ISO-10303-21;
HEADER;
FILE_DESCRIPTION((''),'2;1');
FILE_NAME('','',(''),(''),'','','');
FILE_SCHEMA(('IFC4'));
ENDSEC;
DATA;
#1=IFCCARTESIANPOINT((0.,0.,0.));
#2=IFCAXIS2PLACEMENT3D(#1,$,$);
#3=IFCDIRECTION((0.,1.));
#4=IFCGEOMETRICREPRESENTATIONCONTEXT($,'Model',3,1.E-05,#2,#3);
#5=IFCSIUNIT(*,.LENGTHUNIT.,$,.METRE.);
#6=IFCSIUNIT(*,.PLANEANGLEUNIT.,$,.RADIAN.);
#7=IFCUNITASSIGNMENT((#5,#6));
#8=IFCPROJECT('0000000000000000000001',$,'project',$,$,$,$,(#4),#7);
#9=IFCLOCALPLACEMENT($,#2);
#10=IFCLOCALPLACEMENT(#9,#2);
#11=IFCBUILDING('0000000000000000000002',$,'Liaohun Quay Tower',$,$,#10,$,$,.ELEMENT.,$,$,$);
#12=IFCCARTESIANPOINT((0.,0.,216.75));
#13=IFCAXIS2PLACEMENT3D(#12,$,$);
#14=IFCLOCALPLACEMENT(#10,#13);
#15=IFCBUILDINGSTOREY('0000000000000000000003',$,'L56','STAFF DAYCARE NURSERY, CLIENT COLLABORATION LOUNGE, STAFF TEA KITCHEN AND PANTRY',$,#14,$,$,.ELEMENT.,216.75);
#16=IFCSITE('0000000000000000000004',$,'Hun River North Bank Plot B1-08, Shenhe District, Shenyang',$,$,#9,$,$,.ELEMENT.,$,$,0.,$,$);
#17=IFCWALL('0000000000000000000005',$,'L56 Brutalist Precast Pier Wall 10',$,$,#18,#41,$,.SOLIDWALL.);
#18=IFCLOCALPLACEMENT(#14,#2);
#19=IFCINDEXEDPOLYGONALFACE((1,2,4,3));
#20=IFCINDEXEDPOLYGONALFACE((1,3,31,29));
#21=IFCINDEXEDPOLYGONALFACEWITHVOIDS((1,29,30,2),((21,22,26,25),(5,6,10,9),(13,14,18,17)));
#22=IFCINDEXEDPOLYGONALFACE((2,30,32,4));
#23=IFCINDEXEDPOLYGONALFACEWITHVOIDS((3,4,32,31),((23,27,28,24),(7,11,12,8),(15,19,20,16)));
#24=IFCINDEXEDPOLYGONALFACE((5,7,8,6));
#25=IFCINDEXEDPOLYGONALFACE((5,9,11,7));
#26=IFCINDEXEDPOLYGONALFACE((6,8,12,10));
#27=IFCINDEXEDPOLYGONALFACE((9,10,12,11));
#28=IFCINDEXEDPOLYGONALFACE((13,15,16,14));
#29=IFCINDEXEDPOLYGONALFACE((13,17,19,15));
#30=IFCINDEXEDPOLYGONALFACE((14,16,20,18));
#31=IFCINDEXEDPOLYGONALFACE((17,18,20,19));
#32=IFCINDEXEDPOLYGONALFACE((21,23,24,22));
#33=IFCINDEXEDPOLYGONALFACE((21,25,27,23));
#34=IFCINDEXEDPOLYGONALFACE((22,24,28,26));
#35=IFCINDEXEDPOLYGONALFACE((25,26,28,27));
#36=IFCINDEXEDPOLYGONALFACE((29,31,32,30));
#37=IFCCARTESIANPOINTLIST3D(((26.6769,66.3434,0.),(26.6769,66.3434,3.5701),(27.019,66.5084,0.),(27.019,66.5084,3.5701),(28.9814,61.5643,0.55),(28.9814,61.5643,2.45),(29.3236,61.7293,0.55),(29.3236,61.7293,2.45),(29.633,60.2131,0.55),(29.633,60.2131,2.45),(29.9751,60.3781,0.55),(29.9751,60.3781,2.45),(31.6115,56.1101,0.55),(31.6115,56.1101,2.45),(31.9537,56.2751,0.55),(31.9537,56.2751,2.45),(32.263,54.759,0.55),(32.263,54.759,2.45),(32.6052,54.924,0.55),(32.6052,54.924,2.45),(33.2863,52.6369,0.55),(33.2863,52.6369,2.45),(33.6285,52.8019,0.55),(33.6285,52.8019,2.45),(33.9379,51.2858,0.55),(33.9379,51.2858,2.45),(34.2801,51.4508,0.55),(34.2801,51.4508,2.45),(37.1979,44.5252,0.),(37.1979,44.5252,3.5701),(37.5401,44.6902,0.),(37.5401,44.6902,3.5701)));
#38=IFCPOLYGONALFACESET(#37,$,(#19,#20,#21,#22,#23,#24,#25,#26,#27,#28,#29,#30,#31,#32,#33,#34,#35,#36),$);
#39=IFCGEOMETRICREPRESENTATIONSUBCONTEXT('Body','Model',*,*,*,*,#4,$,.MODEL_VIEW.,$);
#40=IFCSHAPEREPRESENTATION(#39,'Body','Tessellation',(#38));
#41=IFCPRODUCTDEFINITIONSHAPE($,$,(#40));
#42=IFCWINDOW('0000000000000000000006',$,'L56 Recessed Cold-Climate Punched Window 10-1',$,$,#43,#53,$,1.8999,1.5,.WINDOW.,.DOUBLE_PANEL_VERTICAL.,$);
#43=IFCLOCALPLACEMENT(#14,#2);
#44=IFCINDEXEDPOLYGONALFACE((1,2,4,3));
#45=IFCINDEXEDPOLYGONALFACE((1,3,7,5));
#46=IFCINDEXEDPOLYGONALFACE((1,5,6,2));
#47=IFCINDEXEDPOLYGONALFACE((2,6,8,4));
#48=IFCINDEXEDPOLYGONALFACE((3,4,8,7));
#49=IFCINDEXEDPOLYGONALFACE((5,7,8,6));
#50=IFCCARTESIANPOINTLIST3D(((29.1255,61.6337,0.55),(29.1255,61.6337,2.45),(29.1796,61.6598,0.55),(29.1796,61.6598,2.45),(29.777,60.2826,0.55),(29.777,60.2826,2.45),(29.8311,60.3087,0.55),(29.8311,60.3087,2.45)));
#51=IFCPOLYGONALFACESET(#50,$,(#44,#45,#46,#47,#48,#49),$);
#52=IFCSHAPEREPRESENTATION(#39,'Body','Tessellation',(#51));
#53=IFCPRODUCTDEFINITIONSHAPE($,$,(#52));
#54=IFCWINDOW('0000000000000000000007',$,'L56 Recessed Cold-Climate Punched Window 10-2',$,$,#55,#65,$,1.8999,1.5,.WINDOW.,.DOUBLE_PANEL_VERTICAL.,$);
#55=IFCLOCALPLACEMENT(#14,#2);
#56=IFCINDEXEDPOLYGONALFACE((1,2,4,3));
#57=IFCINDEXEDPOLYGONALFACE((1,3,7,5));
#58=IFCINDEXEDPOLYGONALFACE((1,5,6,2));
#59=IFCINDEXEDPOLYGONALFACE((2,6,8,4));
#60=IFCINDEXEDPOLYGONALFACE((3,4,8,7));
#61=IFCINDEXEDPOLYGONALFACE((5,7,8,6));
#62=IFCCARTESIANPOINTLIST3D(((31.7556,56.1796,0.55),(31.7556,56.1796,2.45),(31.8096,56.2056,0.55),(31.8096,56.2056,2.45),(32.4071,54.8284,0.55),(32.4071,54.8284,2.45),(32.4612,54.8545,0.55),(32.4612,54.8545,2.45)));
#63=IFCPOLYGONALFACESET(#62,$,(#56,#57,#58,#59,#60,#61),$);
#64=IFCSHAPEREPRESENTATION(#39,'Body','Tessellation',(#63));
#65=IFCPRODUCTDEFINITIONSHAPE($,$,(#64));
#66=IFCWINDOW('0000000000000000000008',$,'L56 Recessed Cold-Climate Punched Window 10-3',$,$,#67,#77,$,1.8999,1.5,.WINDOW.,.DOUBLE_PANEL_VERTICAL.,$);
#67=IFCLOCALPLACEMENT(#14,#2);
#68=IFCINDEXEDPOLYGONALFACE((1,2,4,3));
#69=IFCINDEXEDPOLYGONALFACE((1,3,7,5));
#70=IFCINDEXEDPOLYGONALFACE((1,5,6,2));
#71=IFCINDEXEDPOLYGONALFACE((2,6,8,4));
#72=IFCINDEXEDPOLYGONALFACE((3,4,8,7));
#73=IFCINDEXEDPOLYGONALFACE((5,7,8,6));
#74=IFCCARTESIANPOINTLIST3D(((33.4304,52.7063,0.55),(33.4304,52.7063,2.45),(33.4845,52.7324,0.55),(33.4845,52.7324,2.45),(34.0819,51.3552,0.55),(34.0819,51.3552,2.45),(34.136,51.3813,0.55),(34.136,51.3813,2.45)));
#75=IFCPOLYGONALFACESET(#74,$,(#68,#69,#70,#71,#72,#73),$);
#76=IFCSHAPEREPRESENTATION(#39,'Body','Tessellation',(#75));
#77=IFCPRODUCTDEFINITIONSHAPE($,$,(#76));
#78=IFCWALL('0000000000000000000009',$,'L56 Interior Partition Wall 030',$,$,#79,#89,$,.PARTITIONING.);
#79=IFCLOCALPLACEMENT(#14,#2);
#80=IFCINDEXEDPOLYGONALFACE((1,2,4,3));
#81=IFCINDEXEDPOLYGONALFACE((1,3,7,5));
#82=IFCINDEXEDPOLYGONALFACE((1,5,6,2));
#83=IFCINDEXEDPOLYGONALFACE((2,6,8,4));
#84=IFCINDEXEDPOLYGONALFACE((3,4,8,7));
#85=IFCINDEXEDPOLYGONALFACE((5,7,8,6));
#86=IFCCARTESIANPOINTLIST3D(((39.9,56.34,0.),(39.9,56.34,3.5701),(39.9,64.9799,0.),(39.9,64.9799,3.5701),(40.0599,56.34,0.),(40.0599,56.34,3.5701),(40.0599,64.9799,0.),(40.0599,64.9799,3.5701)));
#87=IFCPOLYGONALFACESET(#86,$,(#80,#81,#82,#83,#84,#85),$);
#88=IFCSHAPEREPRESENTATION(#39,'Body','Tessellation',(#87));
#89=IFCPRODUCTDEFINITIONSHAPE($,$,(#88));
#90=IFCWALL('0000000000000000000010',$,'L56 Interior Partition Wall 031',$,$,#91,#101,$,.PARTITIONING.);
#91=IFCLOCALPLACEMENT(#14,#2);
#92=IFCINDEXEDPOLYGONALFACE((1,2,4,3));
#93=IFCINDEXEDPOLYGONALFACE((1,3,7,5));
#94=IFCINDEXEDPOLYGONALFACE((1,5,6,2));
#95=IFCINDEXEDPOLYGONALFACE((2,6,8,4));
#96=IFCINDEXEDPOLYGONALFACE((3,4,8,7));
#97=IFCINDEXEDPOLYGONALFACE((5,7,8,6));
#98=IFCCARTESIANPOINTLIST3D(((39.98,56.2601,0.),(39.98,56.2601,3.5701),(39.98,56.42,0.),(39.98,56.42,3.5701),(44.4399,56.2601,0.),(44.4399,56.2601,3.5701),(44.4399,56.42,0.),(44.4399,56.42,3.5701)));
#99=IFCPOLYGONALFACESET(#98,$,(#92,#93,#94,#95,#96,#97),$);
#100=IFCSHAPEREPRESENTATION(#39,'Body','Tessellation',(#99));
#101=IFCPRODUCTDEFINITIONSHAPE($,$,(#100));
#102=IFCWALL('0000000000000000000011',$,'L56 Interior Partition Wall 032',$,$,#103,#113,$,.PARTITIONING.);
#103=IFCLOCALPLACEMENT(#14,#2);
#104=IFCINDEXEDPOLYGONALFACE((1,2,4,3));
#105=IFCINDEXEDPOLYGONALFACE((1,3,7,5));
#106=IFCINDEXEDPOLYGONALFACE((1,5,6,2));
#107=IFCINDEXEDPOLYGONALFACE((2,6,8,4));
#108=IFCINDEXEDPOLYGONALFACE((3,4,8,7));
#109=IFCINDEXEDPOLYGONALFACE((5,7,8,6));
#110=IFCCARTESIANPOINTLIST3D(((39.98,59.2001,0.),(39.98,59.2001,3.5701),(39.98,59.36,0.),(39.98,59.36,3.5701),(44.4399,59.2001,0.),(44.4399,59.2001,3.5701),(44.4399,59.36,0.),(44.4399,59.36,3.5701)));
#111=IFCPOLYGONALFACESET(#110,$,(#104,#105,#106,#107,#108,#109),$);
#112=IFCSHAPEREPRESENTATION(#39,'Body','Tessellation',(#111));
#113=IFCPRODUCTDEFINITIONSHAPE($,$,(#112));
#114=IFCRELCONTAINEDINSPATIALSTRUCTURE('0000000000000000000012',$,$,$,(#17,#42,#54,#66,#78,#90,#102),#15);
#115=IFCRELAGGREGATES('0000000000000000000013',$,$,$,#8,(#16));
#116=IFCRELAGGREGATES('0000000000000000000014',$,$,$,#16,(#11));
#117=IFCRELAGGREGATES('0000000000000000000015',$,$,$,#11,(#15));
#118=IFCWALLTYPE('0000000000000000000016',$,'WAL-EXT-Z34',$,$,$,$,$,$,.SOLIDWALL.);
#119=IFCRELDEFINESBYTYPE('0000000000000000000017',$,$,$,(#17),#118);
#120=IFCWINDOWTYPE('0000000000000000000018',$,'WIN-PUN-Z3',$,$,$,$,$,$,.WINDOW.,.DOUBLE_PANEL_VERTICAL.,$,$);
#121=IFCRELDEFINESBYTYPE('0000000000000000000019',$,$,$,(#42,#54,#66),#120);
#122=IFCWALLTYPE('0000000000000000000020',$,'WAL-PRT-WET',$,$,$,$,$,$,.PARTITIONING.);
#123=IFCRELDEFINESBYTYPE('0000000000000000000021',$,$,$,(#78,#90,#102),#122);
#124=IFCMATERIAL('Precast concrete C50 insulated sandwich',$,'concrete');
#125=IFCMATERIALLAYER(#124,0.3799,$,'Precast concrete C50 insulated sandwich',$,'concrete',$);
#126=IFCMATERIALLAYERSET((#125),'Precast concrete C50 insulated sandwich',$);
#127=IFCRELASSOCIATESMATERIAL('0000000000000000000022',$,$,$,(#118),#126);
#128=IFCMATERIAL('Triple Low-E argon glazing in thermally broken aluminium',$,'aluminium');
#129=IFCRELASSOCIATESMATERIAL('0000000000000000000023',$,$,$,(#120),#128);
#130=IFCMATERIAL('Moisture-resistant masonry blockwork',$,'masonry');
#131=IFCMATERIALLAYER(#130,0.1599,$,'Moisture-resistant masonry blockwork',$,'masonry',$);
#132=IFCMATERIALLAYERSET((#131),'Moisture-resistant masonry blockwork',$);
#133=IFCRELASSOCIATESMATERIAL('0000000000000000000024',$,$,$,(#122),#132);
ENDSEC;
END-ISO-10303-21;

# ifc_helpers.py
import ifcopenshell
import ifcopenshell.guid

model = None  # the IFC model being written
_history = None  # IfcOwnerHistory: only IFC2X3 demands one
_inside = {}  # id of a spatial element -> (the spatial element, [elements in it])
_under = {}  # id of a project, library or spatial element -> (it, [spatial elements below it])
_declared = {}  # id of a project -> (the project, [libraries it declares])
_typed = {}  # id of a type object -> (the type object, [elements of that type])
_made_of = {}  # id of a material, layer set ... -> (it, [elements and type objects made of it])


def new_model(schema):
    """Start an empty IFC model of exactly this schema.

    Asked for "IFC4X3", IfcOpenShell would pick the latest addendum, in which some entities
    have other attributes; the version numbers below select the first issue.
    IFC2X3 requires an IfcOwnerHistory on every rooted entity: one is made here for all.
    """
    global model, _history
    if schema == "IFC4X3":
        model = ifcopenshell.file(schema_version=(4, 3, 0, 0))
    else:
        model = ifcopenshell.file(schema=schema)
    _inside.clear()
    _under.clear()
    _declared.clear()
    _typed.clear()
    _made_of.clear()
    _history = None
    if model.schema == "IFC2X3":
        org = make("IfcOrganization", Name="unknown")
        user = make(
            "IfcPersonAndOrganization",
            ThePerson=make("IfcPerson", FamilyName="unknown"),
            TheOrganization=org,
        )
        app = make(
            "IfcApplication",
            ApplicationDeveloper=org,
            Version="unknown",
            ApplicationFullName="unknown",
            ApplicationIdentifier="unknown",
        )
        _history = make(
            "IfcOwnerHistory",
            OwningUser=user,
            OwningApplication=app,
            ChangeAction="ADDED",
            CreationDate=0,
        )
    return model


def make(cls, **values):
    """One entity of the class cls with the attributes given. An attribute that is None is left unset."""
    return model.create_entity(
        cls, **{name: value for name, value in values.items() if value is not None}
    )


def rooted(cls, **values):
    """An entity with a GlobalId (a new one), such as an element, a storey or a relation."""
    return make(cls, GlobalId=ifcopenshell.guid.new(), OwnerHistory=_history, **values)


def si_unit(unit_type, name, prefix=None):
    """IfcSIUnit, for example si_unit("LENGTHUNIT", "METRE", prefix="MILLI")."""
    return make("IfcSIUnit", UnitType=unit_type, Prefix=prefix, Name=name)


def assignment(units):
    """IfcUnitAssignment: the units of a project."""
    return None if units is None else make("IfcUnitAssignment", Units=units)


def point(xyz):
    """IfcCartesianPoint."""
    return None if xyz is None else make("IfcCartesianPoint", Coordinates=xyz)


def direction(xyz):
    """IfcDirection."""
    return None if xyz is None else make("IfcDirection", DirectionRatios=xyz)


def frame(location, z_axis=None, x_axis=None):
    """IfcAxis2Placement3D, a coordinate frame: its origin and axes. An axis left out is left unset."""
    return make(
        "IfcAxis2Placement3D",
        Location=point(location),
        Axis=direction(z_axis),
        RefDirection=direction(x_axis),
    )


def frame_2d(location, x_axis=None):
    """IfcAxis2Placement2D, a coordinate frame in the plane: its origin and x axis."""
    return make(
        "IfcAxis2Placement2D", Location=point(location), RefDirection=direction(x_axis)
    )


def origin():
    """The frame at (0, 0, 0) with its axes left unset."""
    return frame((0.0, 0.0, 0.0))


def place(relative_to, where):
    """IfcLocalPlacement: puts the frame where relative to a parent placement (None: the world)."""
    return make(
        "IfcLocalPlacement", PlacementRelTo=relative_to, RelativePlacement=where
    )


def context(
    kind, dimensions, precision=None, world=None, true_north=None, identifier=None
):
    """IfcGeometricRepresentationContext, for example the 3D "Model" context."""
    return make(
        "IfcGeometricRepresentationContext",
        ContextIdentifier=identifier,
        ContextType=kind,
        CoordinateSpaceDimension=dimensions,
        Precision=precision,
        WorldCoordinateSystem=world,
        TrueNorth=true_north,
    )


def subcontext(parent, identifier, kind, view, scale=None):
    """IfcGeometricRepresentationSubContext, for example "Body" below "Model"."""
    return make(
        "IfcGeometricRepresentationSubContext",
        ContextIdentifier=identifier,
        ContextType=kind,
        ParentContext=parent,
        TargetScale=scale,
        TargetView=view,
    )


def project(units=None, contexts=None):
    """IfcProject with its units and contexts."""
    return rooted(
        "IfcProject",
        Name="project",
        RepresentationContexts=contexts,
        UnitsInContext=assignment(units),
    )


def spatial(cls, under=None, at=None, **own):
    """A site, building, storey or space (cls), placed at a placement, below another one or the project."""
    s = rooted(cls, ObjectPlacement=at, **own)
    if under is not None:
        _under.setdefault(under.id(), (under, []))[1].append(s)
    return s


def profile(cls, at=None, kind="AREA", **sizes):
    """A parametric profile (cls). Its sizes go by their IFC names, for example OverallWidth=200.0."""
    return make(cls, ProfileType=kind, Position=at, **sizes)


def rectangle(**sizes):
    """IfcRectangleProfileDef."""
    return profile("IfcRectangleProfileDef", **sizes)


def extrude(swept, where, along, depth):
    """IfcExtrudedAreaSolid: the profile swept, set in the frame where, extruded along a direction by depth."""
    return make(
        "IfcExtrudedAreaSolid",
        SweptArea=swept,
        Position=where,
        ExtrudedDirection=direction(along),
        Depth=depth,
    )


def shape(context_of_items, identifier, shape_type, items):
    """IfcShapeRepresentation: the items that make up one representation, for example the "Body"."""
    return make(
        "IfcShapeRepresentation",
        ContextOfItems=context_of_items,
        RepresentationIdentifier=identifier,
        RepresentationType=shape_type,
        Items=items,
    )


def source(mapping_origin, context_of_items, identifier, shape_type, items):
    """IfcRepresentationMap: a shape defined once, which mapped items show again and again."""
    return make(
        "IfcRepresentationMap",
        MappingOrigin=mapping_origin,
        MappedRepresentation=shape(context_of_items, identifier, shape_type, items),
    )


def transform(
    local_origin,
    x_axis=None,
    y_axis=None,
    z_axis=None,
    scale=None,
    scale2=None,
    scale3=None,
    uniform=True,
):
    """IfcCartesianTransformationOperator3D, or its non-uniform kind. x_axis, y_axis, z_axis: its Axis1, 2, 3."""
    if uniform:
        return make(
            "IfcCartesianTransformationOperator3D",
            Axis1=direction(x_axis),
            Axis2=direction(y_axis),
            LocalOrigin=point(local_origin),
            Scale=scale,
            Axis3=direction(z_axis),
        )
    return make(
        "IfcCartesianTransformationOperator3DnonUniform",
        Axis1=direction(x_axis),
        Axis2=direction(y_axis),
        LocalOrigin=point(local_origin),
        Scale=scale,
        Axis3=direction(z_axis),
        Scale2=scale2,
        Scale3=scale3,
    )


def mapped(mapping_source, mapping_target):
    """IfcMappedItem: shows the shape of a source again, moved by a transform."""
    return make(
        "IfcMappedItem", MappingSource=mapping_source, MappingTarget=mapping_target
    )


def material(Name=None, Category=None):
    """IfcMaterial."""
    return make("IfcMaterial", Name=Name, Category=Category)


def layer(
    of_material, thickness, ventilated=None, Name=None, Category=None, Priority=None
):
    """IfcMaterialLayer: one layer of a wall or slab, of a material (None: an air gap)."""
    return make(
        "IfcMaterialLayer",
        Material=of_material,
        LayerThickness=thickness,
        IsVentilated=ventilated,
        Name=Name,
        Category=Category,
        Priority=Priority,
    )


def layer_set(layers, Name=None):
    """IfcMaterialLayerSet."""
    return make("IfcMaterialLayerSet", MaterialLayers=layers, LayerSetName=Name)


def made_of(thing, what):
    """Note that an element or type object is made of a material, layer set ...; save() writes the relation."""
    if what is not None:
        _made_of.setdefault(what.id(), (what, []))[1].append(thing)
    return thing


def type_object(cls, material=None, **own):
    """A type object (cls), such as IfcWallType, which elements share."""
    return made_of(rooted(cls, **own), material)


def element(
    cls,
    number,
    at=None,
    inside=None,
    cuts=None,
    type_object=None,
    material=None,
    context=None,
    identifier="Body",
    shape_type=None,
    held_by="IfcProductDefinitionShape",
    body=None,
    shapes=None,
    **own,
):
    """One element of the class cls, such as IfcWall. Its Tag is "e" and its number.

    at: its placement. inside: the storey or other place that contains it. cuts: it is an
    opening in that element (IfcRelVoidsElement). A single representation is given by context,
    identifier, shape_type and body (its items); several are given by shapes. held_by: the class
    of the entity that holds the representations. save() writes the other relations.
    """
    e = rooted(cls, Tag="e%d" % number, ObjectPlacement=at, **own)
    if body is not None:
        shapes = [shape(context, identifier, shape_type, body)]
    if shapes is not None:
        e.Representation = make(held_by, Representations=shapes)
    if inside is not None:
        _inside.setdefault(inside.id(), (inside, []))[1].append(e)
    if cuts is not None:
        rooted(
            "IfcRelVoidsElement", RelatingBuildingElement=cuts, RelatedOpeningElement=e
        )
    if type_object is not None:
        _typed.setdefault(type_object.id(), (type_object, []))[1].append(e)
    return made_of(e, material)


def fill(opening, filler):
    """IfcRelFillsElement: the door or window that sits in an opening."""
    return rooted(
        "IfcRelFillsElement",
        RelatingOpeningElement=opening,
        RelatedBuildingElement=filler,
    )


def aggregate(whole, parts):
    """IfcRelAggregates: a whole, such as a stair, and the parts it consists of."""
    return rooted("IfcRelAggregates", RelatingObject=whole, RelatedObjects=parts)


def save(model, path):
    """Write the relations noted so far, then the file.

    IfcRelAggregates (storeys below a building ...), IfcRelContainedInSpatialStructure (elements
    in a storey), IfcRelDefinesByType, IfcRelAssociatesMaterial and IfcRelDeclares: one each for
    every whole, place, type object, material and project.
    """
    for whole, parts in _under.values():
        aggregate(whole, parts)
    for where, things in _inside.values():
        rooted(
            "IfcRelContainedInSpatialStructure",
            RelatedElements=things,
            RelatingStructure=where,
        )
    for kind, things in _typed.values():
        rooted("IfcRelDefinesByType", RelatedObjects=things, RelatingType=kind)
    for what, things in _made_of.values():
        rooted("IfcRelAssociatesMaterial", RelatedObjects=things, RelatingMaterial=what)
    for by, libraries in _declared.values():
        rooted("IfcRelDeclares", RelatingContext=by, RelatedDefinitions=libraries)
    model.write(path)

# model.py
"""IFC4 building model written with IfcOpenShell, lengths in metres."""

from ifc_helpers import new_model, si_unit, direction, frame, frame_2d, origin, place, context, subcontext, project, spatial, rectangle, extrude, source, transform, mapped, material, layer, layer_set, type_object, element, fill, save


model = new_model("IFC4")

# Units and contexts
model_context = context("Model", 3, precision=1e-05, world=origin(), true_north=direction((0.0, 1.0)))
body_context = subcontext(model_context, "Body", "Model", "MODEL_VIEW")
ifc_project = project(units=[si_unit("LENGTHUNIT", "METRE"), si_unit("PLANEANGLEUNIT", "RADIAN")], contexts=[model_context])

# Site, building, storey
site_placement = place(None, origin())
site = spatial("IfcSite", under=ifc_project, at=site_placement, Name="Hun River North Bank Plot B1-08, Shenhe District, Shenyang", CompositionType="ELEMENT", RefElevation=0.0)
building_placement = place(site_placement, origin())
building = spatial("IfcBuilding", under=site, at=building_placement, Name="Liaohun Quay Tower", CompositionType="ELEMENT")
storey_placement = place(building_placement, frame((0.0, 0.0, 216.75)))
storey = spatial("IfcBuildingStorey", under=building, at=storey_placement, Name="L56", Description="STAFF DAYCARE NURSERY, CLIENT COLLABORATION LOUNGE, STAFF TEA KITCHEN AND PANTRY", CompositionType="ELEMENT", Elevation=216.75)

# Shared definitions
ifc_material_1 = material(Name="Precast concrete C50 insulated sandwich", Category="concrete")
ifc_layer_1 = layer(ifc_material_1, 0.3799, Name="Precast concrete C50 insulated sandwich", Category="concrete")
ifc_layer_set_1 = layer_set([ifc_layer_1], Name="Precast concrete C50 insulated sandwich")
wall_type_1 = type_object("IfcWallType", Name="WAL-EXT-Z34", PredefinedType="SOLIDWALL", material=ifc_layer_set_1)

# Wall, openings, windows
wall_1_placement = place(storey_placement, frame((26.8479, 66.426, 0.0), z_axis=(0.0, 0.0, 1.0), x_axis=(0.434351, -0.900744, 0.0)))
wall_1 = element("IfcWall", 1, at=wall_1_placement, inside=storey, type_object=wall_type_1, Name="L56 Brutalist Precast Pier Wall 10", PredefinedType="SOLIDWALL", context=body_context, shape_type="SweptSolid", body=[
    extrude(rectangle(XDim=24.2224, YDim=0.3799, at=frame_2d((12.1113, 0.0))), origin(), (0.0, 0.0, 1.0), 3.5701),
])
shared_shape_1 = source(origin(), body_context, "Body", "SweptSolid", [
    extrude(rectangle(XDim=1.5, YDim=1.8999, at=frame_2d((0.75, 0.95))), frame((0.0, 0.2, 0.0), z_axis=(0.0, -1.0, 0.0), x_axis=(1.0, 0.0, 0.0)), (0.0, 0.0, 1.0), 0.3999),
])
opening_1_placement = place(wall_1_placement, frame((5.3059, 0.0, 0.55)))
opening_1 = element("IfcOpeningElement", 2, at=opening_1_placement, cuts=wall_1, PredefinedType="OPENING", context=body_context, shape_type="MappedRepresentation", body=[
    mapped(shared_shape_1, transform((0.0, 0.0, 0.0), x_axis=(1.0, 0.0, 0.0), y_axis=(0.0, 1.0, 0.0), z_axis=(0.0, 0.0, 1.0), scale=1.0)),
])
opening_2_placement = place(wall_1_placement, frame((11.3611, 0.0, 0.55)))
opening_2 = element("IfcOpeningElement", 3, at=opening_2_placement, cuts=wall_1, PredefinedType="OPENING", context=body_context, shape_type="MappedRepresentation", body=[
    mapped(shared_shape_1, transform((0.0, 0.0, 0.0), x_axis=(1.0, 0.0, 0.0), y_axis=(0.0, 1.0, 0.0), z_axis=(0.0, 0.0, 1.0), scale=1.0)),
])
opening_3_placement = place(wall_1_placement, frame((15.217, 0.0, 0.55)))
opening_3 = element("IfcOpeningElement", 4, at=opening_3_placement, cuts=wall_1, PredefinedType="OPENING", context=body_context, shape_type="MappedRepresentation", body=[
    mapped(shared_shape_1, transform((0.0, 0.0, 0.0), x_axis=(1.0, 0.0, 0.0), y_axis=(0.0, 1.0, 0.0), z_axis=(0.0, 0.0, 1.0), scale=1.0)),
])
ifc_material_2 = material(Name="Triple Low-E argon glazing in thermally broken aluminium", Category="aluminium")
window_type_1 = type_object("IfcWindowType", Name="WIN-PUN-Z3", PartitioningType="DOUBLE_PANEL_VERTICAL", PredefinedType="WINDOW", material=ifc_material_2)
shared_shape_2 = source(origin(), body_context, "Body", "SweptSolid", [
    extrude(rectangle(XDim=1.5, YDim=1.8999, at=frame_2d((0.75, 0.95))), frame((0.0, 0.03, 0.0), z_axis=(0.0, -1.0, 0.0), x_axis=(1.0, 0.0, 0.0)), (0.0, 0.0, 1.0), 0.0601),
])
window_1_placement = place(opening_1_placement, origin())
window_1 = element("IfcWindow", 5, at=window_1_placement, inside=storey, type_object=window_type_1, Name="L56 Recessed Cold-Climate Punched Window 10-1", OverallHeight=1.8999, OverallWidth=1.5, PartitioningType="DOUBLE_PANEL_VERTICAL", PredefinedType="WINDOW", context=body_context, shape_type="MappedRepresentation", body=[
    mapped(shared_shape_2, transform((0.0, 0.0, 0.0), x_axis=(1.0, 0.0, 0.0), y_axis=(0.0, 1.0, 0.0), z_axis=(0.0, 0.0, 1.0), scale=1.0)),
])
fill(opening_1, window_1)
window_2_placement = place(opening_2_placement, origin())
window_2 = element("IfcWindow", 6, at=window_2_placement, inside=storey, type_object=window_type_1, Name="L56 Recessed Cold-Climate Punched Window 10-2", OverallHeight=1.8999, OverallWidth=1.5, PartitioningType="DOUBLE_PANEL_VERTICAL", PredefinedType="WINDOW", context=body_context, shape_type="MappedRepresentation", body=[
    mapped(shared_shape_2, transform((0.0, 0.0, 0.0), x_axis=(1.0, 0.0, 0.0), y_axis=(0.0, 1.0, 0.0), z_axis=(0.0, 0.0, 1.0), scale=1.0)),
])
fill(opening_2, window_2)
window_3_placement = place(opening_3_placement, origin())
window_3 = element("IfcWindow", 7, at=window_3_placement, inside=storey, type_object=window_type_1, Name="L56 Recessed Cold-Climate Punched Window 10-3", OverallHeight=1.8999, OverallWidth=1.5, PartitioningType="DOUBLE_PANEL_VERTICAL", PredefinedType="WINDOW", context=body_context, shape_type="MappedRepresentation", body=[
    mapped(shared_shape_2, transform((0.0, 0.0, 0.0), x_axis=(1.0, 0.0, 0.0), y_axis=(0.0, 1.0, 0.0), z_axis=(0.0, 0.0, 1.0), scale=1.0)),
])
fill(opening_3, window_3)

# Walls
ifc_material_3 = material(Name="Moisture-resistant masonry blockwork", Category="masonry")
ifc_layer_2 = layer(ifc_material_3, 0.1599, Name="Moisture-resistant masonry blockwork", Category="masonry")
ifc_layer_set_2 = layer_set([ifc_layer_2], Name="Moisture-resistant masonry blockwork")
wall_type_2 = type_object("IfcWallType", Name="WAL-PRT-WET", PredefinedType="PARTITIONING", material=ifc_layer_set_2)
wall_2_placement = place(storey_placement, frame((39.98, 56.3401, 0.0), z_axis=(0.0, 0.0, 1.0), x_axis=(0.0, 1.0, 0.0)))
element("IfcWall", 8, at=wall_2_placement, inside=storey, type_object=wall_type_2, Name="L56 Interior Partition Wall 030", PredefinedType="PARTITIONING", context=body_context, shape_type="SweptSolid", body=[
    extrude(rectangle(XDim=8.6399, YDim=0.1599, at=frame_2d((4.3198, 0.0))), origin(), (0.0, 0.0, 1.0), 3.5701),
])
for number, where, z_axis, x_axis, name in (
    (9, (39.98, 56.3401, 0.0), (0.0, 0.0, 1.0), (1.0, 0.0, 0.0), "L56 Interior Partition Wall 031"),
    (10, (39.98, 59.28, 0.0), (0.0, 0.0, 1.0), (1.0, 0.0, 0.0), "L56 Interior Partition Wall 032"),
):
    element("IfcWall", number, at=place(storey_placement, frame(where, z_axis=z_axis, x_axis=x_axis)), inside=storey, type_object=wall_type_2, Name=name, PredefinedType="PARTITIONING", context=body_context, shape_type="SweptSolid", body=[
        extrude(rectangle(XDim=4.46, YDim=0.1599, at=frame_2d((2.23, 0.0))), origin(), (0.0, 0.0, 1.0), 3.5701),
    ])

save(model, "model.ifc")
